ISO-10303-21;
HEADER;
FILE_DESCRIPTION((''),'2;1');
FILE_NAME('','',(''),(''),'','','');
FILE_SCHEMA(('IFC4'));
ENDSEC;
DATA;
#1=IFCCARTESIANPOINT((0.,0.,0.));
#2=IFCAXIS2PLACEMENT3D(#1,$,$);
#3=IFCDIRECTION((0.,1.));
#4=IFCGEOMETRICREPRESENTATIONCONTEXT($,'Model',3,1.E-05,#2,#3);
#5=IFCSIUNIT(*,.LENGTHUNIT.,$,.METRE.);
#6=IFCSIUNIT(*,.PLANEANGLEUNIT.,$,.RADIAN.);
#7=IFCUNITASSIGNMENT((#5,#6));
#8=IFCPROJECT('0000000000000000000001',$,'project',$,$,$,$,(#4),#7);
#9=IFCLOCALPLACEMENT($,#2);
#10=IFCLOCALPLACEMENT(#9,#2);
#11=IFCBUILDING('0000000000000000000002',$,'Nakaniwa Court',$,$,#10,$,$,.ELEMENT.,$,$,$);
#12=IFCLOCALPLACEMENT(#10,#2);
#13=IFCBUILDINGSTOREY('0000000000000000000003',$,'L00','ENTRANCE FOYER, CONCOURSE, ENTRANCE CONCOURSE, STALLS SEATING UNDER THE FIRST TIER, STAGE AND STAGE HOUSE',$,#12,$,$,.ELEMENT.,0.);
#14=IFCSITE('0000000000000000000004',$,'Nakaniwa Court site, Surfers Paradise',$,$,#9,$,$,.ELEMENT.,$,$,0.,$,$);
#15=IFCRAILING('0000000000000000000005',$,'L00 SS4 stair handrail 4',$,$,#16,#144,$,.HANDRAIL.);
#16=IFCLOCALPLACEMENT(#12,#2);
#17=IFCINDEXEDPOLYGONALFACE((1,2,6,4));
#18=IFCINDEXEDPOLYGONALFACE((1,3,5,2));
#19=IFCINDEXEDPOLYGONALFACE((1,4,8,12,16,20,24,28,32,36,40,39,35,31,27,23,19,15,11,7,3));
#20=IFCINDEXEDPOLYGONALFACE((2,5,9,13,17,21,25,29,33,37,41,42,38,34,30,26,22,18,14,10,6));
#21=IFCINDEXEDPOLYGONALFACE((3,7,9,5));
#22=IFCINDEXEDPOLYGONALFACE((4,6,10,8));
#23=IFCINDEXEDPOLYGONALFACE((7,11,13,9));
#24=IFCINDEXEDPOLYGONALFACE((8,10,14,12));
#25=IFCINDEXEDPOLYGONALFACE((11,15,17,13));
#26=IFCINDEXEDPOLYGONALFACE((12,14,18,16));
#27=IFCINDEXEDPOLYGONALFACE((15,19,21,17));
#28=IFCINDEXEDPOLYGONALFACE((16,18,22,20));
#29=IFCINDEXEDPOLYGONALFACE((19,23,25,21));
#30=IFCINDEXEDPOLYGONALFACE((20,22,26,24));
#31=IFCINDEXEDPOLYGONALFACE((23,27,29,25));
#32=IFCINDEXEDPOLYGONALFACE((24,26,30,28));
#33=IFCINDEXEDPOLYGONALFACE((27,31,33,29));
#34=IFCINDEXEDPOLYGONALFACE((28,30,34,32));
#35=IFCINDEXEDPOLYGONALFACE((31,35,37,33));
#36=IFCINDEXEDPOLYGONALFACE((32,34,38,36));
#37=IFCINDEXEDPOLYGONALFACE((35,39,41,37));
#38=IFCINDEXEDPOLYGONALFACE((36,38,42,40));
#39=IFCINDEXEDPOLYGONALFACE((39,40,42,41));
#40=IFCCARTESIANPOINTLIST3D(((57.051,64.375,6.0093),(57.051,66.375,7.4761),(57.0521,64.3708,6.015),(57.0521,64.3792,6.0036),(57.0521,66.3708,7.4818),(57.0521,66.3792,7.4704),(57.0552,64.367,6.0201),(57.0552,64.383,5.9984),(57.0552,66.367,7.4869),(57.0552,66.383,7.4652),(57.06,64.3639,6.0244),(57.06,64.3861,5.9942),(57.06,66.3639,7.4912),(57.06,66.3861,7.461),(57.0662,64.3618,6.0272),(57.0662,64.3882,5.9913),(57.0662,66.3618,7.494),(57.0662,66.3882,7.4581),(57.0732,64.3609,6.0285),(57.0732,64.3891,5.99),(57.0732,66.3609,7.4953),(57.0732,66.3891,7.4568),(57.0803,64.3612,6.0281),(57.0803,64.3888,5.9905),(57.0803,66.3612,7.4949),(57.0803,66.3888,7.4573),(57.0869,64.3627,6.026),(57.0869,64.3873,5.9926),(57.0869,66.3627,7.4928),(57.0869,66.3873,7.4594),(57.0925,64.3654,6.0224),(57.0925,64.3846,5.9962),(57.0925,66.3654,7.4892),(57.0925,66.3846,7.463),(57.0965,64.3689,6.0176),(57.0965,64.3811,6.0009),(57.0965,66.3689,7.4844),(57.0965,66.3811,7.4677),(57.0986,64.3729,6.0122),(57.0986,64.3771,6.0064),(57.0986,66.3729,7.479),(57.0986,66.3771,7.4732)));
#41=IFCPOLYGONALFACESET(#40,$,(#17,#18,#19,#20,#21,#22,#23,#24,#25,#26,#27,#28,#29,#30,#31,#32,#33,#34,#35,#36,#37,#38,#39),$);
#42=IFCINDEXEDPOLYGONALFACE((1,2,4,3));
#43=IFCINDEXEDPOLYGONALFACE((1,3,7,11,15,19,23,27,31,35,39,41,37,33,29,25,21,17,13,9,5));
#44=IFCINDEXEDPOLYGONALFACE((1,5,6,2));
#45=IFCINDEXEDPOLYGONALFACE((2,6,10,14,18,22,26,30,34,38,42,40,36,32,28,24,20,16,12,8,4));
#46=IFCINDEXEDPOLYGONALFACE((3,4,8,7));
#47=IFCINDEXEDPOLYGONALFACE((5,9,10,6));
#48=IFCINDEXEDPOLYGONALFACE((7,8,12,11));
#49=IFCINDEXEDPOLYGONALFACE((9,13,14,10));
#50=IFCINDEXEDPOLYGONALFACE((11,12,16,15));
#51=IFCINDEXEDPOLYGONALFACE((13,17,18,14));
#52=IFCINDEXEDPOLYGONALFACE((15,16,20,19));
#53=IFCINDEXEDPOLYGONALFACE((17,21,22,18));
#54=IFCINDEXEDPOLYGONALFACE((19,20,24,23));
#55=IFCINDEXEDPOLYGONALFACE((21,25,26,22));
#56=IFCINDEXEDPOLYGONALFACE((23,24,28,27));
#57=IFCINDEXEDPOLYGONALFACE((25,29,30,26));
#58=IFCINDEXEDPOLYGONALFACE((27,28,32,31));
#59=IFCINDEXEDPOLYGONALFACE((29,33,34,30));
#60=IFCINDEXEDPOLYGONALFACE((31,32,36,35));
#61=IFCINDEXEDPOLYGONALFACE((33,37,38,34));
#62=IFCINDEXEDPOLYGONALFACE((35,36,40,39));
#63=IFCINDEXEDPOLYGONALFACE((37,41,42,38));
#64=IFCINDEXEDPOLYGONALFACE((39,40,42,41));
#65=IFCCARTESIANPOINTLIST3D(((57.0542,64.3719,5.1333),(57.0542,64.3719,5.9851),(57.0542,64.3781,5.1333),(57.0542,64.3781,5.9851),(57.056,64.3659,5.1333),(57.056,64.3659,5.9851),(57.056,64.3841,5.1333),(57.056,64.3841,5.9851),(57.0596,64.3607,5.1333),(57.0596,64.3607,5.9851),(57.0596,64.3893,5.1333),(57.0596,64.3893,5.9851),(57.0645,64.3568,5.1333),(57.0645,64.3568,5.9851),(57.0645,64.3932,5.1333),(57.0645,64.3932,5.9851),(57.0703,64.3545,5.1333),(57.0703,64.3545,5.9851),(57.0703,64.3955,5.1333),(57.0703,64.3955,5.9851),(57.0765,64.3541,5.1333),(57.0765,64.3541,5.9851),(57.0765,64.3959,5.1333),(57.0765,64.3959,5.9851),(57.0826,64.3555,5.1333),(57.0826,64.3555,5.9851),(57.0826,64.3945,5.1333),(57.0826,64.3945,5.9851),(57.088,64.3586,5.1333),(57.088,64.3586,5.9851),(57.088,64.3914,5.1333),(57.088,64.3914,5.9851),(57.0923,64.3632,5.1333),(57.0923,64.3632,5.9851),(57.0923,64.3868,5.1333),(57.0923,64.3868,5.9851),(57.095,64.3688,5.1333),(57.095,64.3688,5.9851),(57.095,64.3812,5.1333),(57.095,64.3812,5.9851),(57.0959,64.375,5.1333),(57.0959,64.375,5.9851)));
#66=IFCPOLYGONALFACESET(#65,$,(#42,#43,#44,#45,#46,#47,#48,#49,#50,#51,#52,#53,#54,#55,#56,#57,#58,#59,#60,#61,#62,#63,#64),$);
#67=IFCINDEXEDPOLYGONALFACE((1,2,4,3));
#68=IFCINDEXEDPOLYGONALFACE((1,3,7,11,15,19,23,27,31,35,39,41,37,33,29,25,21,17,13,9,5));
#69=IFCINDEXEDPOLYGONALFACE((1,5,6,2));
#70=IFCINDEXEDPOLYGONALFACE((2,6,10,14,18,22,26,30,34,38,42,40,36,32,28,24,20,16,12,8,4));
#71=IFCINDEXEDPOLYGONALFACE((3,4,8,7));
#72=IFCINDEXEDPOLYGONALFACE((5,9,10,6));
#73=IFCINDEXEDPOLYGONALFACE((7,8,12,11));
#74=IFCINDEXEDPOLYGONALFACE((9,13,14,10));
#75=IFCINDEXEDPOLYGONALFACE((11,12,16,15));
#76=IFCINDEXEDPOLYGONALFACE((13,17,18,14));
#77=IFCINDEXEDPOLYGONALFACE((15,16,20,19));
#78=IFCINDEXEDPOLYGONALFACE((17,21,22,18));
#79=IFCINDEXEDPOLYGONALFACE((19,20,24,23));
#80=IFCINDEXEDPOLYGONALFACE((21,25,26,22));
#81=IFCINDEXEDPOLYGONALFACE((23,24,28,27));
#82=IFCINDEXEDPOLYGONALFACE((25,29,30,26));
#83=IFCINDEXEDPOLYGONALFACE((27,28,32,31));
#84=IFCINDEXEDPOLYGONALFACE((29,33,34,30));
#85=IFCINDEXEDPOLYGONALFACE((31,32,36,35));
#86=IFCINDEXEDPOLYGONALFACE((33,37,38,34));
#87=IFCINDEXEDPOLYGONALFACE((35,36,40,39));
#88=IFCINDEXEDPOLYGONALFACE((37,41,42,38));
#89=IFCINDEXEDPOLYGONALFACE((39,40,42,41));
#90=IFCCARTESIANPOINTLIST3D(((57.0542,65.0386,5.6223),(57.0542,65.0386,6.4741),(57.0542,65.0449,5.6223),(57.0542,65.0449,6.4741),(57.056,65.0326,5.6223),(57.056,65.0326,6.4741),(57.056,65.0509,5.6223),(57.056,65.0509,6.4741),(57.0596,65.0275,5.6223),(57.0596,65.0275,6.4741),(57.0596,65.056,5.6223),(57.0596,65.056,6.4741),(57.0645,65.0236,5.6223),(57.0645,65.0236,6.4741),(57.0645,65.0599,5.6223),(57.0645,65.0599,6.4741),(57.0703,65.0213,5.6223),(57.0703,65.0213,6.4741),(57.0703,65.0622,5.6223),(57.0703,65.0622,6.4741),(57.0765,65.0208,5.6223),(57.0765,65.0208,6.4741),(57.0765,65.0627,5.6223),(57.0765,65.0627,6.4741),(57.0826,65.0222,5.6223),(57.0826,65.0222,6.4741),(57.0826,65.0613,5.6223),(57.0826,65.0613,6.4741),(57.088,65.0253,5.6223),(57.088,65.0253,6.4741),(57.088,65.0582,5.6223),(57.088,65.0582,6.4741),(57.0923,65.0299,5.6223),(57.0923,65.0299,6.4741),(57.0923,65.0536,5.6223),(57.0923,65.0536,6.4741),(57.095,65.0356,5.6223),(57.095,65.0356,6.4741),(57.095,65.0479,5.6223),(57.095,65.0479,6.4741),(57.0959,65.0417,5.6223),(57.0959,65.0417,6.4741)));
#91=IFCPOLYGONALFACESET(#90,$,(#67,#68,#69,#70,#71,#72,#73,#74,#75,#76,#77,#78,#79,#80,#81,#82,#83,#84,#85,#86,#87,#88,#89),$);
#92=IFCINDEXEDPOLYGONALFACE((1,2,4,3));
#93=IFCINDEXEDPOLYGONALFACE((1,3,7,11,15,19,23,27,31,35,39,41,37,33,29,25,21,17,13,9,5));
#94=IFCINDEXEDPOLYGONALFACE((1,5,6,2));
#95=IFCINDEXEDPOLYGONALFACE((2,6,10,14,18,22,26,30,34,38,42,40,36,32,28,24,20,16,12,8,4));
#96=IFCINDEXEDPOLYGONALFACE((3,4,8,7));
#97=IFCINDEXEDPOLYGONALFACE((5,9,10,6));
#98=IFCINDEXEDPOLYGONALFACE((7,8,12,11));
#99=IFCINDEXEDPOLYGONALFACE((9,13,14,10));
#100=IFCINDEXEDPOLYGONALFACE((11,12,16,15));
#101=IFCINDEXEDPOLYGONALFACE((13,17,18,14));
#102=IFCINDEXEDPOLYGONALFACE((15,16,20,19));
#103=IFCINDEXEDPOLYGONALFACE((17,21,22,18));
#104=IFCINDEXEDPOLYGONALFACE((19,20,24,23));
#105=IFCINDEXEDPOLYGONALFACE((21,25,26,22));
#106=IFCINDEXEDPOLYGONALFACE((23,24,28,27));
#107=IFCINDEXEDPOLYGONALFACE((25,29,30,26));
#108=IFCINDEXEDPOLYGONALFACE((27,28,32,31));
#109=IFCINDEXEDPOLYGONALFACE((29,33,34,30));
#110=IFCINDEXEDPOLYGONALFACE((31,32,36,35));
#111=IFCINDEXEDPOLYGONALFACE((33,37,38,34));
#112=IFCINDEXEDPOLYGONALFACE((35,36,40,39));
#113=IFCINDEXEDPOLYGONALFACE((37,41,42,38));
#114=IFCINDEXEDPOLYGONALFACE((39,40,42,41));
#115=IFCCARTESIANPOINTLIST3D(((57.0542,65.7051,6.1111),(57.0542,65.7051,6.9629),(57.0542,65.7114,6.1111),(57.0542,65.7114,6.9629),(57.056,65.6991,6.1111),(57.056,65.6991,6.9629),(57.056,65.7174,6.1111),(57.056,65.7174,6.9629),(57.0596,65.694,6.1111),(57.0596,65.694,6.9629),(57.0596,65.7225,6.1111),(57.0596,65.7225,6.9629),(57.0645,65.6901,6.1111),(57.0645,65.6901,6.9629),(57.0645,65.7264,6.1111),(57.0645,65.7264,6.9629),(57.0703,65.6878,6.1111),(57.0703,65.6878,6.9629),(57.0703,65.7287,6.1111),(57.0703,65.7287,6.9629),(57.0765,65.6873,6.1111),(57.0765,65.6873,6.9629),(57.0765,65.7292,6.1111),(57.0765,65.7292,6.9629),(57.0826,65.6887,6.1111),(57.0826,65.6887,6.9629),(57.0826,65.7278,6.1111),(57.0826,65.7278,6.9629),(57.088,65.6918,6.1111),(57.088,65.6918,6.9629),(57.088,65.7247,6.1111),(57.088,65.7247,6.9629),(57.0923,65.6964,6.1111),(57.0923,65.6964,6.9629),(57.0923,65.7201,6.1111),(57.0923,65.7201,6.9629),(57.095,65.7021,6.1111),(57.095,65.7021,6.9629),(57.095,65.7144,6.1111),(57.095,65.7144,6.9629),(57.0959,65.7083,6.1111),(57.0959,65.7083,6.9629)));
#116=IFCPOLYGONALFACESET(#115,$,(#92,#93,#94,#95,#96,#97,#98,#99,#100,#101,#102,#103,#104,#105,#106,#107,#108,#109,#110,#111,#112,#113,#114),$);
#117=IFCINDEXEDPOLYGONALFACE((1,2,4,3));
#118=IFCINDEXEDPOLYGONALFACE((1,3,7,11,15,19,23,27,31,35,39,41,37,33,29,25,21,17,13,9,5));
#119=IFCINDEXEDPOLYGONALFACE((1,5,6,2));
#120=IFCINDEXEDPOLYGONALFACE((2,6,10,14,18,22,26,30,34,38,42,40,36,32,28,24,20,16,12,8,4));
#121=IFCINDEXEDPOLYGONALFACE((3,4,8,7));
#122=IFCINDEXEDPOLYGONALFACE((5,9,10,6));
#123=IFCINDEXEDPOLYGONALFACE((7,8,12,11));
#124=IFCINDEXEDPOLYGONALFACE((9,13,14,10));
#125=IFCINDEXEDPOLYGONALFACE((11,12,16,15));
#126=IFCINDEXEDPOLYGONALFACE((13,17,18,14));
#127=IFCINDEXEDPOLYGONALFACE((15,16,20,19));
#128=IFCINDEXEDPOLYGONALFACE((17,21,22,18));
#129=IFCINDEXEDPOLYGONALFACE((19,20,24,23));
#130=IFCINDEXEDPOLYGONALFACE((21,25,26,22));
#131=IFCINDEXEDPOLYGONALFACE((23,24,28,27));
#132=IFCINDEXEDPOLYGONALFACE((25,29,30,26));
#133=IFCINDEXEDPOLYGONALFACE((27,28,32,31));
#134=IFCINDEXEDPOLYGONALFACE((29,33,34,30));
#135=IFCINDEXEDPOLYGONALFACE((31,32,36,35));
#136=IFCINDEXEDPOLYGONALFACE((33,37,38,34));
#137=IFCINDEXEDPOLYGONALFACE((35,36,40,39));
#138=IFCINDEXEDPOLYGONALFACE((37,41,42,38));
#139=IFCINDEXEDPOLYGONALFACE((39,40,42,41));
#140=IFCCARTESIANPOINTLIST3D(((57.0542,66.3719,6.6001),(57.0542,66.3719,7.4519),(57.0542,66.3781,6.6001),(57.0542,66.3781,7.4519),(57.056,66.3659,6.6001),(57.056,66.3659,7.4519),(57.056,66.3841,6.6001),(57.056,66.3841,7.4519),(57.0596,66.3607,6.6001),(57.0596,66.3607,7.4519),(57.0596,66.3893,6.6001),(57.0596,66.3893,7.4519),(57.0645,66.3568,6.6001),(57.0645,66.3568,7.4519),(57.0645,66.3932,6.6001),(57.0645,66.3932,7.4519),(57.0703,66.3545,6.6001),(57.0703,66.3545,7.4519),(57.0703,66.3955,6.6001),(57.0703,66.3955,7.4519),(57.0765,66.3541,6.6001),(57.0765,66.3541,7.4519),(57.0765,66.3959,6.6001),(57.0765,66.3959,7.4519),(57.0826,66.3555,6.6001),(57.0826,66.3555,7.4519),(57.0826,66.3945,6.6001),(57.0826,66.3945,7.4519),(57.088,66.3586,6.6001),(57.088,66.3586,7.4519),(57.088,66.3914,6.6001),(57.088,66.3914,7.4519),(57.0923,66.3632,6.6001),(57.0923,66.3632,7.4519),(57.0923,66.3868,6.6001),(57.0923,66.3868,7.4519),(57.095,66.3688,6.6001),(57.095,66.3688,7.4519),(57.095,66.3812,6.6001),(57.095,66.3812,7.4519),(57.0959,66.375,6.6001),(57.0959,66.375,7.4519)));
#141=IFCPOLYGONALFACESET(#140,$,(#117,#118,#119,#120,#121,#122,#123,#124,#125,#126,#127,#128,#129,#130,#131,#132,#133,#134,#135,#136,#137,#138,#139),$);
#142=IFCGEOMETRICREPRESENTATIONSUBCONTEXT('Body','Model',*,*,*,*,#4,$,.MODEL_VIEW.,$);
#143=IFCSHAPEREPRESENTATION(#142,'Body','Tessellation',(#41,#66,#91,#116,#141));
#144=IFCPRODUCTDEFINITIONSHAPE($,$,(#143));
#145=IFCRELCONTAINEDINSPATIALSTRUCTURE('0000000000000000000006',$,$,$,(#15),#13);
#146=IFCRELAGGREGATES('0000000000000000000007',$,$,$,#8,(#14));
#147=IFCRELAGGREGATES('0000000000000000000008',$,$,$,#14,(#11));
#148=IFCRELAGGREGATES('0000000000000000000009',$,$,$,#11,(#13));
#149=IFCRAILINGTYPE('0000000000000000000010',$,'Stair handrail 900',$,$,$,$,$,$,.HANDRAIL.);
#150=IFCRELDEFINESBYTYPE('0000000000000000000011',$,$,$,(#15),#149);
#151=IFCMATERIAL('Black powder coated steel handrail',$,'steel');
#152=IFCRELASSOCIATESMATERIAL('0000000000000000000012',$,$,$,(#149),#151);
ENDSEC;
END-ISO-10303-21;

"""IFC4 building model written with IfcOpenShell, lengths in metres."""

from ifc_helpers import new_model, si_unit, direction, frame, origin, origin_2d, place, context, subcontext, project, spatial, circle, extrude, material, type_object, element, save


model = new_model("IFC4")

# Units and contexts
model_context = context("Model", 3, precision=1e-05, world=origin(), true_north=direction((0.0, 1.0)))
body_context = subcontext(model_context, "Body", "Model", "MODEL_VIEW")
ifc_project = project(units=[si_unit("LENGTHUNIT", "METRE"), si_unit("PLANEANGLEUNIT", "RADIAN")], contexts=[model_context])

# Site, building, storey
site_placement = place(None, origin())
site = spatial("IfcSite", under=ifc_project, at=site_placement, Name="Nakaniwa Court site, Surfers Paradise", CompositionType="ELEMENT", RefElevation=0.0)
building_placement = place(site_placement, origin())
building = spatial("IfcBuilding", under=site, at=building_placement, Name="Nakaniwa Court", CompositionType="ELEMENT")
storey_placement = place(building_placement, origin())
storey = spatial("IfcBuildingStorey", under=building, at=storey_placement, Name="L00", Description="ENTRANCE FOYER, CONCOURSE, ENTRANCE CONCOURSE, STALLS SEATING UNDER THE FIRST TIER, STAGE AND STAGE HOUSE", CompositionType="ELEMENT", Elevation=0.0)

# Railing
ifc_material_1 = material(Name="Black powder coated steel handrail", Category="steel")
railing_type_1 = type_object("IfcRailingType", Name="Stair handrail 900", PredefinedType="HANDRAIL", material=ifc_material_1)
railing_1_placement = place(storey_placement, frame((57.075, 64.375, 5.1333)))
element("IfcRailing", 1, at=railing_1_placement, inside=storey, type_object=railing_type_1, Name="L00 SS4 stair handrail 4", PredefinedType="HANDRAIL", context=body_context, shape_type="SweptSolid", body=[
    extrude(circle(Radius=0.0239, at=origin_2d()), frame((0.0, 0.0, 0.876), z_axis=(0.0, 0.80638, 0.591398), x_axis=(-1.0, 0.0, 0.0)), (0.0, 0.0, 1.0), 2.4802),
    extrude(circle(Radius=0.021, at=origin_2d()), origin(), (0.0, 0.0, 1.0), 0.8518),
    extrude(circle(Radius=0.021, at=origin_2d()), frame((0.0, 0.6667, 0.489)), (0.0, 0.0, 1.0), 0.8518),
    extrude(circle(Radius=0.021, at=origin_2d()), frame((0.0, 1.3333, 0.9778)), (0.0, 0.0, 1.0), 0.8518),
    extrude(circle(Radius=0.021, at=origin_2d()), frame((0.0, 2.0, 1.4668)), (0.0, 0.0, 1.0), 0.8518),
])

save(model, "model.ifc")
